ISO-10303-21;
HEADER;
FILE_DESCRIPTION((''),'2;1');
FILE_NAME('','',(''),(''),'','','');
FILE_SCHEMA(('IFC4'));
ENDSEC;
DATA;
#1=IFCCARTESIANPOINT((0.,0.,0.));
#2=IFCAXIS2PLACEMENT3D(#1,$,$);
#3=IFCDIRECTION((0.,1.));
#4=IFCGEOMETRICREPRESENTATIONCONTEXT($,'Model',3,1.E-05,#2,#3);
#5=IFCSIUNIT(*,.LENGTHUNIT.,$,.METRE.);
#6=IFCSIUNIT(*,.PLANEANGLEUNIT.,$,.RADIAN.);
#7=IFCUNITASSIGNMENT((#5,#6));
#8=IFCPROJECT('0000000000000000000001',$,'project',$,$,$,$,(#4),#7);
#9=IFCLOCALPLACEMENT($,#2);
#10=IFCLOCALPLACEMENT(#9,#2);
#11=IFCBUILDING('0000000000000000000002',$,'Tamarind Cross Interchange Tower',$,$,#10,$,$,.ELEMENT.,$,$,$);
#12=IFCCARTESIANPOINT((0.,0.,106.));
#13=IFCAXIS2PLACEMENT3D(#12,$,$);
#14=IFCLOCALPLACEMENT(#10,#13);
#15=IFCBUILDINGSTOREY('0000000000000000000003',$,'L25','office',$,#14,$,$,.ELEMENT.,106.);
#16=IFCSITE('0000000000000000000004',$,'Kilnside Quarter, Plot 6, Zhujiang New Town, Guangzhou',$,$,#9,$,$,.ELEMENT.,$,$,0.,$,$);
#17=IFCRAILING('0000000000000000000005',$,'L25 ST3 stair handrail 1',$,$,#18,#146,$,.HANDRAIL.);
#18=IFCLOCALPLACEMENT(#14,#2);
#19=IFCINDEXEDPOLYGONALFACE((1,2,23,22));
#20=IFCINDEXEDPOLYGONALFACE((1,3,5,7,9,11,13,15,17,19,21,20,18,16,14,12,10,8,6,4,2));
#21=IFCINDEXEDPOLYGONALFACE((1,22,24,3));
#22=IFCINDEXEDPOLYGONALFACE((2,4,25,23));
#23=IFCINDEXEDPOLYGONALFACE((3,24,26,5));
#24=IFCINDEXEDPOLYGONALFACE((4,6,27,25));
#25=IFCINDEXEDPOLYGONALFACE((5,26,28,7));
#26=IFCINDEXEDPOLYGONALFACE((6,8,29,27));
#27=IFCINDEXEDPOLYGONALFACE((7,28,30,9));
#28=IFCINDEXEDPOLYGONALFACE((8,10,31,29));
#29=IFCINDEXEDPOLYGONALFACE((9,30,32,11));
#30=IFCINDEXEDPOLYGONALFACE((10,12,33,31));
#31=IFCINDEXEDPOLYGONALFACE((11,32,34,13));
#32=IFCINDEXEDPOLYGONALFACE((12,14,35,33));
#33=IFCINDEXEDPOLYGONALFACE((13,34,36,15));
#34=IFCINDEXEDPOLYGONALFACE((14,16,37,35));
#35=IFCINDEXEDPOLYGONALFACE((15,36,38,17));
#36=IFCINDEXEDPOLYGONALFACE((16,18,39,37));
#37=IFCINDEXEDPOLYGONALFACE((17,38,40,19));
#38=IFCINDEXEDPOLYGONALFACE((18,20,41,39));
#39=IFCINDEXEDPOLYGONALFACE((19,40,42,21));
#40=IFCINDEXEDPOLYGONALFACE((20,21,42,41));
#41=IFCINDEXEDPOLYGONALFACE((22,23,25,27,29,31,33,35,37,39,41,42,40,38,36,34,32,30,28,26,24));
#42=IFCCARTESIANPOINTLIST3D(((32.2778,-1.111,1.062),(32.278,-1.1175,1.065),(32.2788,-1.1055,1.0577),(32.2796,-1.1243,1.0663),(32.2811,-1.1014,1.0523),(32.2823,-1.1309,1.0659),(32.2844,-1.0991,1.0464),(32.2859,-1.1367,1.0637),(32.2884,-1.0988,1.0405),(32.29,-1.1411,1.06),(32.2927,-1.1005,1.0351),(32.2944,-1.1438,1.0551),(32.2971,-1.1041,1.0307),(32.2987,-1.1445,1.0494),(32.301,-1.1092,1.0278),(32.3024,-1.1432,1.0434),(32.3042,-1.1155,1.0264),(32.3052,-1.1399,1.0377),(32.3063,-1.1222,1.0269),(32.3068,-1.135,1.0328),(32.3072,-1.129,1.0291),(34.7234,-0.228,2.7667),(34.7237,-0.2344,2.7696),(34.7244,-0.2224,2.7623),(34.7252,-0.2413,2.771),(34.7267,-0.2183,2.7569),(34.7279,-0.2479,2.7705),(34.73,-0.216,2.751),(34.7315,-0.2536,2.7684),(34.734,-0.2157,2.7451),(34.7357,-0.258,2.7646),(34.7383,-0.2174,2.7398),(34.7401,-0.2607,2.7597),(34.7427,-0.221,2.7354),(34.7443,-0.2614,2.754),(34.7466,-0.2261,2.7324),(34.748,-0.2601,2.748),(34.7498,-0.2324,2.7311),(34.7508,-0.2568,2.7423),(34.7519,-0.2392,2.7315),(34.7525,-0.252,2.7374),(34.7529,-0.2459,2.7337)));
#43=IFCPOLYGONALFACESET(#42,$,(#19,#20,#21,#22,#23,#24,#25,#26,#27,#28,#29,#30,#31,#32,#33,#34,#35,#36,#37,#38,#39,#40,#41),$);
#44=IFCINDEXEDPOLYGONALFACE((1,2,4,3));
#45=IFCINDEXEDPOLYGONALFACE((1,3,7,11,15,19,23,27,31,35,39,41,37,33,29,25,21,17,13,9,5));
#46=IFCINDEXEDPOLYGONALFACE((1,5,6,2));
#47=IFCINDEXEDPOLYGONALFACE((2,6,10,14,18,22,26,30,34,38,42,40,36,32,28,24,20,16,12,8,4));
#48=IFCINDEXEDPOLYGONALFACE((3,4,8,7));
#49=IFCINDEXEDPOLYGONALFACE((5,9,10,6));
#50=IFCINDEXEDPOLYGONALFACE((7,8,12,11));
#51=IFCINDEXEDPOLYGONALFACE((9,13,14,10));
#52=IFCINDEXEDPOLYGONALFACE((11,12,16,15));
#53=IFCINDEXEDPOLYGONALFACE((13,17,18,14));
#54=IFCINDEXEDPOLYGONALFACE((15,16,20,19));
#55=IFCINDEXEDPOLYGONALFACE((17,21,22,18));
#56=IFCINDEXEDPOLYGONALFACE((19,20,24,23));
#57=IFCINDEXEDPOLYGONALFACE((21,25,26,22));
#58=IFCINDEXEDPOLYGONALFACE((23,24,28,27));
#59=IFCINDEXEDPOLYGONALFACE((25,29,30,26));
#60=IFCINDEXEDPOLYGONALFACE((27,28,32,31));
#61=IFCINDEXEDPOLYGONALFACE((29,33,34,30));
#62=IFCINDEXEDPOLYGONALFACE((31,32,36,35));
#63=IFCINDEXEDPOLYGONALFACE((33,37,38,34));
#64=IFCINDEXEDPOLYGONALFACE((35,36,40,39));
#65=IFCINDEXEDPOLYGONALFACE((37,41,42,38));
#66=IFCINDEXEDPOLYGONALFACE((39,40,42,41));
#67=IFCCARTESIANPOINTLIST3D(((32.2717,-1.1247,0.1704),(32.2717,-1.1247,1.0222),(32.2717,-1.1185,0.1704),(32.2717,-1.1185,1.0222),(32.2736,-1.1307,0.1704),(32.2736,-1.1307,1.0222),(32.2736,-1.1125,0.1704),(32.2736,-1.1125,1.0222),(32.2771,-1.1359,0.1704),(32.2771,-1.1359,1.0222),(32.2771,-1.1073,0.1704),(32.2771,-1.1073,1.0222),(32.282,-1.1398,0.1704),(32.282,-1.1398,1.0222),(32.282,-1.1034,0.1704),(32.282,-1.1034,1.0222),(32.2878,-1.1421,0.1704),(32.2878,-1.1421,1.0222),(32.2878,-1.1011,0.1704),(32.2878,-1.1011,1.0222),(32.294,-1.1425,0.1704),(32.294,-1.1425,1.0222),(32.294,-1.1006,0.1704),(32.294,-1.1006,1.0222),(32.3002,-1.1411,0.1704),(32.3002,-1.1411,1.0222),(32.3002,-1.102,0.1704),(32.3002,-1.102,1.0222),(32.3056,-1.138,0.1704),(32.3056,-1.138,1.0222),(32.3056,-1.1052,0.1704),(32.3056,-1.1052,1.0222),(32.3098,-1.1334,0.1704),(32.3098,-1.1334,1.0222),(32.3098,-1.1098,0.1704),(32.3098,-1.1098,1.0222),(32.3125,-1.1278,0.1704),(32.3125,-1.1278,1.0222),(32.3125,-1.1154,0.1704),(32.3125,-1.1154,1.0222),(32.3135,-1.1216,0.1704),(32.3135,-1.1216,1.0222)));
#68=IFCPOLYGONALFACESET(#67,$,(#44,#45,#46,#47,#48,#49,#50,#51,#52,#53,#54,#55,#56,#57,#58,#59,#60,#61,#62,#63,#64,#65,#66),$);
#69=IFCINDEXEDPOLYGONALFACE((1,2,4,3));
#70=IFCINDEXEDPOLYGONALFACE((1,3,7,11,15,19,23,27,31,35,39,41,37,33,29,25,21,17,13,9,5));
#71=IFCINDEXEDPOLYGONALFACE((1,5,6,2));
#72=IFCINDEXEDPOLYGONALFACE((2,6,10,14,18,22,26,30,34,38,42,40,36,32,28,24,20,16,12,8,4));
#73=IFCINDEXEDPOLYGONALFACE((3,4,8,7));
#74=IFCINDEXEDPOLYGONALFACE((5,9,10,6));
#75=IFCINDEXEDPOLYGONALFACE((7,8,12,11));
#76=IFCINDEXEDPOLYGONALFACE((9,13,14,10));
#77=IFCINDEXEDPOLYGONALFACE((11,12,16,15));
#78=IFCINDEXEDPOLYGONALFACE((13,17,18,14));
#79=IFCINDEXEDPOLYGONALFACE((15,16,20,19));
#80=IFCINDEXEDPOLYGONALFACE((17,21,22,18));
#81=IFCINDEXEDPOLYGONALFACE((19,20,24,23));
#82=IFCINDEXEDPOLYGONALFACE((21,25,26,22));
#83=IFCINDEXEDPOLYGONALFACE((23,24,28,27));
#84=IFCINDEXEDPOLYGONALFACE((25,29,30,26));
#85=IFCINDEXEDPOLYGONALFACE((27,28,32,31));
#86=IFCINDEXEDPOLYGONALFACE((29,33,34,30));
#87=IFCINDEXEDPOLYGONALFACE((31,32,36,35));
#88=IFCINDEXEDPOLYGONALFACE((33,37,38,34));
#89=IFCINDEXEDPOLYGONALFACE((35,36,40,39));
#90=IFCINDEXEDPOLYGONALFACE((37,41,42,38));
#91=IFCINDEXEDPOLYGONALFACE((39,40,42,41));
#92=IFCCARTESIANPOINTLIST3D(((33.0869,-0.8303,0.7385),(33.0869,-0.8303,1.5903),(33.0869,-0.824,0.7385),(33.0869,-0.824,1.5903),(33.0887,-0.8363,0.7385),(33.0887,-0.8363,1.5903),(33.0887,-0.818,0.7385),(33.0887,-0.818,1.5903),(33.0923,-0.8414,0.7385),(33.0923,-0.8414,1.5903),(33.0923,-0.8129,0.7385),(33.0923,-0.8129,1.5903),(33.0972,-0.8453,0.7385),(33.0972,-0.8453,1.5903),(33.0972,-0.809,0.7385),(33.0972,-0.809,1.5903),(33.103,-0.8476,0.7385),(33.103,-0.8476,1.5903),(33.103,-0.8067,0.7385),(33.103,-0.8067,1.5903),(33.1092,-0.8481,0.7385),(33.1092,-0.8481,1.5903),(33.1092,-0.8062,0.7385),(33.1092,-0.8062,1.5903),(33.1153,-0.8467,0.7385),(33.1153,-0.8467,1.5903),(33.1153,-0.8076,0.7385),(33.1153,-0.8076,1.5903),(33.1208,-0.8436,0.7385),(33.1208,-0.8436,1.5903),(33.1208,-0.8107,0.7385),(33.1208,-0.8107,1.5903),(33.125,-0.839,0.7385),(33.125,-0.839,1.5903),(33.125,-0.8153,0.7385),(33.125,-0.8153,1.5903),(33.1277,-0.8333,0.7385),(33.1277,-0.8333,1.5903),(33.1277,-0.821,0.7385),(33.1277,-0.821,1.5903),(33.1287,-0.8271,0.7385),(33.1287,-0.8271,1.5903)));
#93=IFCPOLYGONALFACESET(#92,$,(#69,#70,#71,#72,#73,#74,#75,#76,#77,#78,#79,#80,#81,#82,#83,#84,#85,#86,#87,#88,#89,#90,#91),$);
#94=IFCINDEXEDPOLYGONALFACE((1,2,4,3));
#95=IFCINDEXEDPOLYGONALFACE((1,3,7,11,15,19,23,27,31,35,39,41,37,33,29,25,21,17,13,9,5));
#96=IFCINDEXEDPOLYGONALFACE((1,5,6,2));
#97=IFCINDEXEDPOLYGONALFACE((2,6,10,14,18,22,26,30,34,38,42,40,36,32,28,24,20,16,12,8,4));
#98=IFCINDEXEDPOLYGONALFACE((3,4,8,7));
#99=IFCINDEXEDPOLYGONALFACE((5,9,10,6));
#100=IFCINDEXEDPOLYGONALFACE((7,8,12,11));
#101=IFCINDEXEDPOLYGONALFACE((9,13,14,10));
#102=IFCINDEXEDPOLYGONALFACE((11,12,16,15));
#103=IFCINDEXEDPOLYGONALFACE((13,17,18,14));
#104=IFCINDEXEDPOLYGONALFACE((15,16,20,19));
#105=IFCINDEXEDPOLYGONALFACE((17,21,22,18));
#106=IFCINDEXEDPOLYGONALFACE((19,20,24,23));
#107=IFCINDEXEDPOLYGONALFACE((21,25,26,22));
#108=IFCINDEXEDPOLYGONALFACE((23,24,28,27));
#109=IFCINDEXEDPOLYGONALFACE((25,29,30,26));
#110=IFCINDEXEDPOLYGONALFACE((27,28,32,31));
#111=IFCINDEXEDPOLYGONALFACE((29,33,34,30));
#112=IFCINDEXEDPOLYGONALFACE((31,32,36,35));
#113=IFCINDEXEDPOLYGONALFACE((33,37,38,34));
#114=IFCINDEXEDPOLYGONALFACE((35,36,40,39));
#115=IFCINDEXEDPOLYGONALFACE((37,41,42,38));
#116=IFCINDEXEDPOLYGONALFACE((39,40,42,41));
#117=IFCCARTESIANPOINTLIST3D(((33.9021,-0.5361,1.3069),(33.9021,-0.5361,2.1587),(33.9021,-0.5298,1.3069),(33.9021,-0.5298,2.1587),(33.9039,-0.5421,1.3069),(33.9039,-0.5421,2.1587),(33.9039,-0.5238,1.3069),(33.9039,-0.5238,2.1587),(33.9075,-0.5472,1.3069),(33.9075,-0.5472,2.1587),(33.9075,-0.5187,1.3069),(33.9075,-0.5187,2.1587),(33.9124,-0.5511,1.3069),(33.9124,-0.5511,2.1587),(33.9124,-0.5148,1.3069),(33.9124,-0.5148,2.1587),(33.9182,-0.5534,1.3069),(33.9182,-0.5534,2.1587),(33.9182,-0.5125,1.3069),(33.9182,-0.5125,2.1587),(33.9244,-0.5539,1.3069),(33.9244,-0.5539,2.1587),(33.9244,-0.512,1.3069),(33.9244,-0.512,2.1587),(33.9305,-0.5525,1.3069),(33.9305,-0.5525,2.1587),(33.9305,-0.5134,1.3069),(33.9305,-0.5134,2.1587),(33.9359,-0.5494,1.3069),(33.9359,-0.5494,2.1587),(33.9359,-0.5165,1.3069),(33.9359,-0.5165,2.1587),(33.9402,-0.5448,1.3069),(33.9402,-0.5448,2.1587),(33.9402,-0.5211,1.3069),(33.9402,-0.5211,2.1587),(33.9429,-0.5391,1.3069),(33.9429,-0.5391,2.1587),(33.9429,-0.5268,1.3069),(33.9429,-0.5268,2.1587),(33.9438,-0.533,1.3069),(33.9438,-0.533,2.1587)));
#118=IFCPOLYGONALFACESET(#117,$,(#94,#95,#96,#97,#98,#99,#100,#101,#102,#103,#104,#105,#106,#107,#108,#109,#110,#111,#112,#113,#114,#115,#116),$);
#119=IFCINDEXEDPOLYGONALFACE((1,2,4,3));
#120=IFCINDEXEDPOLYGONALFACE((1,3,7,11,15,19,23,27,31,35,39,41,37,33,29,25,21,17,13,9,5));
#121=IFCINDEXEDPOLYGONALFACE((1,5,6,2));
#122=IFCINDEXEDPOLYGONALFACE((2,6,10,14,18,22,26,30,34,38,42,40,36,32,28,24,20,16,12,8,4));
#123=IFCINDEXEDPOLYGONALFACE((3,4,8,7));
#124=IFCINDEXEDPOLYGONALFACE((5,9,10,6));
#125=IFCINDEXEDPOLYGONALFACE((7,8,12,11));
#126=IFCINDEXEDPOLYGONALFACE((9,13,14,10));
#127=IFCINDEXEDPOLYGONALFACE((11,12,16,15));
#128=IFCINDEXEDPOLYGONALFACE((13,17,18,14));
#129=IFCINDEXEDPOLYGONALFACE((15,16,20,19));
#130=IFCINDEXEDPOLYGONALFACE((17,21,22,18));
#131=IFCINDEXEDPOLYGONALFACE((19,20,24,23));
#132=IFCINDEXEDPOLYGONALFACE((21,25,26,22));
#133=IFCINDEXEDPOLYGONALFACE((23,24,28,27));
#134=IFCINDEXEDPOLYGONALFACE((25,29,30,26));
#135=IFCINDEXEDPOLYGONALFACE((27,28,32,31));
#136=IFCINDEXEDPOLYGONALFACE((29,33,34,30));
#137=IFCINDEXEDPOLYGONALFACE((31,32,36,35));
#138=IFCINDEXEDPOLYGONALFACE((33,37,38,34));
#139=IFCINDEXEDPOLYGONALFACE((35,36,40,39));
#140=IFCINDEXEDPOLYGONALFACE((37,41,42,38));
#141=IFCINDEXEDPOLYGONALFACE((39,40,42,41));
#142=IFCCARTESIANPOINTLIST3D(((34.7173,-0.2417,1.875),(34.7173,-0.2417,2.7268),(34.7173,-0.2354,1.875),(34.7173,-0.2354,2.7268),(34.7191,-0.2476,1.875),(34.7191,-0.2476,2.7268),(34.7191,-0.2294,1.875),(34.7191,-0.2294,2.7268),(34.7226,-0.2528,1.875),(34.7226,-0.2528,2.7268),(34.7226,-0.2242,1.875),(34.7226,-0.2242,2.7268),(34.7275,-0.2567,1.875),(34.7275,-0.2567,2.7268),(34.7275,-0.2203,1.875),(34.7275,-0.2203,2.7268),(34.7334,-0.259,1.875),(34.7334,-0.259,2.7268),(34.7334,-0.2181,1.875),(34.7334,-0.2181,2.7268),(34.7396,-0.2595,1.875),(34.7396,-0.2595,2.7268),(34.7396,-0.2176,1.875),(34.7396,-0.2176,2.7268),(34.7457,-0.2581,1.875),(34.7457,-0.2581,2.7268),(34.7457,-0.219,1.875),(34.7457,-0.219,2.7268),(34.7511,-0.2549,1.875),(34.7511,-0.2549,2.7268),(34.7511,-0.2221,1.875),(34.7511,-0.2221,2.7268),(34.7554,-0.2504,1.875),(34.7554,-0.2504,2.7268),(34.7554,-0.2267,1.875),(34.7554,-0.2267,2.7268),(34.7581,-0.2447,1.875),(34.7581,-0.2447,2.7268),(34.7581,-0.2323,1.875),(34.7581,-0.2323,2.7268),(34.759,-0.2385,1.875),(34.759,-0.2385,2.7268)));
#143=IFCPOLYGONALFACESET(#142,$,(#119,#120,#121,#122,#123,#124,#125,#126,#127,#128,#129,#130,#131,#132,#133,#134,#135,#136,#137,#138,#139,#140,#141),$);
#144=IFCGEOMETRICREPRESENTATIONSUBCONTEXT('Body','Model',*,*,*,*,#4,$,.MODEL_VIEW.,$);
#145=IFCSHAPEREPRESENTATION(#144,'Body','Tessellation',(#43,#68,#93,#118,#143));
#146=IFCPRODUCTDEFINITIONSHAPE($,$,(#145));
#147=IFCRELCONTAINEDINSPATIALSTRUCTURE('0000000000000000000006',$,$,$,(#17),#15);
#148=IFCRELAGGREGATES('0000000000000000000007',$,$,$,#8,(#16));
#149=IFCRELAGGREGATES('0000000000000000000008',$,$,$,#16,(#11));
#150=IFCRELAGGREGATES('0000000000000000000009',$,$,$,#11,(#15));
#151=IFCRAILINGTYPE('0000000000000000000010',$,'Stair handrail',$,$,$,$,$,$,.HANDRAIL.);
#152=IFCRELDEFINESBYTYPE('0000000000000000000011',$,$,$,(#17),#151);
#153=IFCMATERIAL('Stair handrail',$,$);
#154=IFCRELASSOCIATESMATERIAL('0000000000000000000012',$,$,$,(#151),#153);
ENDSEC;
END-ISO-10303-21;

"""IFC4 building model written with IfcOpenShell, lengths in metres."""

from ifc_helpers import new_model, si_unit, direction, frame, origin, origin_2d, place, context, subcontext, project, spatial, circle, extrude, material, type_object, element, save


model = new_model("IFC4")

# Units and contexts
model_context = context("Model", 3, precision=1e-05, world=origin(), true_north=direction((0.0, 1.0)))
body_context = subcontext(model_context, "Body", "Model", "MODEL_VIEW")
ifc_project = project(units=[si_unit("LENGTHUNIT", "METRE"), si_unit("PLANEANGLEUNIT", "RADIAN")], contexts=[model_context])

# Site, building, storey
site_placement = place(None, origin())
site = spatial("IfcSite", under=ifc_project, at=site_placement, Name="Kilnside Quarter, Plot 6, Zhujiang New Town, Guangzhou", CompositionType="ELEMENT", RefElevation=0.0)
building_placement = place(site_placement, origin())
building = spatial("IfcBuilding", under=site, at=building_placement, Name="Tamarind Cross Interchange Tower", CompositionType="ELEMENT")
storey_placement = place(building_placement, frame((0.0, 0.0, 106.0)))
storey = spatial("IfcBuildingStorey", under=building, at=storey_placement, Name="L25", Description="office", CompositionType="ELEMENT", Elevation=106.0)

# Railing
ifc_material_1 = material(Name="Stair handrail")
railing_type = type_object("IfcRailingType", Name="Stair handrail", PredefinedType="HANDRAIL", material=ifc_material_1)
railing_placement = place(storey_placement, frame((32.2925, -1.1216, 0.1704)))
element("IfcRailing", 1, at=railing_placement, inside=storey, type_object=railing_type, Name="L25 ST3 stair handrail 1", PredefinedType="HANDRAIL", context=body_context, shape_type="SweptSolid", body=[
    extrude(circle(Radius=0.0239, at=origin_2d()), frame((0.0, 0.0, 0.876), z_axis=(0.786594, 0.284028, 0.548268), x_axis=(-0.339624, 0.940561, 0.0)), (0.0, 0.0, 1.0), 3.1091),
    extrude(circle(Radius=0.021, at=origin_2d()), origin(), (0.0, 0.0, 1.0), 0.8518),
    extrude(circle(Radius=0.021, at=origin_2d()), frame((0.8152, 0.2944, 0.5681)), (0.0, 0.0, 1.0), 0.8518),
    extrude(circle(Radius=0.021, at=origin_2d()), frame((1.6304, 0.5886, 1.1365)), (0.0, 0.0, 1.0), 0.8518),
    extrude(circle(Radius=0.021, at=origin_2d()), frame((2.4456, 0.8831, 1.7046)), (0.0, 0.0, 1.0), 0.8518),
])

save(model, "model.ifc")
